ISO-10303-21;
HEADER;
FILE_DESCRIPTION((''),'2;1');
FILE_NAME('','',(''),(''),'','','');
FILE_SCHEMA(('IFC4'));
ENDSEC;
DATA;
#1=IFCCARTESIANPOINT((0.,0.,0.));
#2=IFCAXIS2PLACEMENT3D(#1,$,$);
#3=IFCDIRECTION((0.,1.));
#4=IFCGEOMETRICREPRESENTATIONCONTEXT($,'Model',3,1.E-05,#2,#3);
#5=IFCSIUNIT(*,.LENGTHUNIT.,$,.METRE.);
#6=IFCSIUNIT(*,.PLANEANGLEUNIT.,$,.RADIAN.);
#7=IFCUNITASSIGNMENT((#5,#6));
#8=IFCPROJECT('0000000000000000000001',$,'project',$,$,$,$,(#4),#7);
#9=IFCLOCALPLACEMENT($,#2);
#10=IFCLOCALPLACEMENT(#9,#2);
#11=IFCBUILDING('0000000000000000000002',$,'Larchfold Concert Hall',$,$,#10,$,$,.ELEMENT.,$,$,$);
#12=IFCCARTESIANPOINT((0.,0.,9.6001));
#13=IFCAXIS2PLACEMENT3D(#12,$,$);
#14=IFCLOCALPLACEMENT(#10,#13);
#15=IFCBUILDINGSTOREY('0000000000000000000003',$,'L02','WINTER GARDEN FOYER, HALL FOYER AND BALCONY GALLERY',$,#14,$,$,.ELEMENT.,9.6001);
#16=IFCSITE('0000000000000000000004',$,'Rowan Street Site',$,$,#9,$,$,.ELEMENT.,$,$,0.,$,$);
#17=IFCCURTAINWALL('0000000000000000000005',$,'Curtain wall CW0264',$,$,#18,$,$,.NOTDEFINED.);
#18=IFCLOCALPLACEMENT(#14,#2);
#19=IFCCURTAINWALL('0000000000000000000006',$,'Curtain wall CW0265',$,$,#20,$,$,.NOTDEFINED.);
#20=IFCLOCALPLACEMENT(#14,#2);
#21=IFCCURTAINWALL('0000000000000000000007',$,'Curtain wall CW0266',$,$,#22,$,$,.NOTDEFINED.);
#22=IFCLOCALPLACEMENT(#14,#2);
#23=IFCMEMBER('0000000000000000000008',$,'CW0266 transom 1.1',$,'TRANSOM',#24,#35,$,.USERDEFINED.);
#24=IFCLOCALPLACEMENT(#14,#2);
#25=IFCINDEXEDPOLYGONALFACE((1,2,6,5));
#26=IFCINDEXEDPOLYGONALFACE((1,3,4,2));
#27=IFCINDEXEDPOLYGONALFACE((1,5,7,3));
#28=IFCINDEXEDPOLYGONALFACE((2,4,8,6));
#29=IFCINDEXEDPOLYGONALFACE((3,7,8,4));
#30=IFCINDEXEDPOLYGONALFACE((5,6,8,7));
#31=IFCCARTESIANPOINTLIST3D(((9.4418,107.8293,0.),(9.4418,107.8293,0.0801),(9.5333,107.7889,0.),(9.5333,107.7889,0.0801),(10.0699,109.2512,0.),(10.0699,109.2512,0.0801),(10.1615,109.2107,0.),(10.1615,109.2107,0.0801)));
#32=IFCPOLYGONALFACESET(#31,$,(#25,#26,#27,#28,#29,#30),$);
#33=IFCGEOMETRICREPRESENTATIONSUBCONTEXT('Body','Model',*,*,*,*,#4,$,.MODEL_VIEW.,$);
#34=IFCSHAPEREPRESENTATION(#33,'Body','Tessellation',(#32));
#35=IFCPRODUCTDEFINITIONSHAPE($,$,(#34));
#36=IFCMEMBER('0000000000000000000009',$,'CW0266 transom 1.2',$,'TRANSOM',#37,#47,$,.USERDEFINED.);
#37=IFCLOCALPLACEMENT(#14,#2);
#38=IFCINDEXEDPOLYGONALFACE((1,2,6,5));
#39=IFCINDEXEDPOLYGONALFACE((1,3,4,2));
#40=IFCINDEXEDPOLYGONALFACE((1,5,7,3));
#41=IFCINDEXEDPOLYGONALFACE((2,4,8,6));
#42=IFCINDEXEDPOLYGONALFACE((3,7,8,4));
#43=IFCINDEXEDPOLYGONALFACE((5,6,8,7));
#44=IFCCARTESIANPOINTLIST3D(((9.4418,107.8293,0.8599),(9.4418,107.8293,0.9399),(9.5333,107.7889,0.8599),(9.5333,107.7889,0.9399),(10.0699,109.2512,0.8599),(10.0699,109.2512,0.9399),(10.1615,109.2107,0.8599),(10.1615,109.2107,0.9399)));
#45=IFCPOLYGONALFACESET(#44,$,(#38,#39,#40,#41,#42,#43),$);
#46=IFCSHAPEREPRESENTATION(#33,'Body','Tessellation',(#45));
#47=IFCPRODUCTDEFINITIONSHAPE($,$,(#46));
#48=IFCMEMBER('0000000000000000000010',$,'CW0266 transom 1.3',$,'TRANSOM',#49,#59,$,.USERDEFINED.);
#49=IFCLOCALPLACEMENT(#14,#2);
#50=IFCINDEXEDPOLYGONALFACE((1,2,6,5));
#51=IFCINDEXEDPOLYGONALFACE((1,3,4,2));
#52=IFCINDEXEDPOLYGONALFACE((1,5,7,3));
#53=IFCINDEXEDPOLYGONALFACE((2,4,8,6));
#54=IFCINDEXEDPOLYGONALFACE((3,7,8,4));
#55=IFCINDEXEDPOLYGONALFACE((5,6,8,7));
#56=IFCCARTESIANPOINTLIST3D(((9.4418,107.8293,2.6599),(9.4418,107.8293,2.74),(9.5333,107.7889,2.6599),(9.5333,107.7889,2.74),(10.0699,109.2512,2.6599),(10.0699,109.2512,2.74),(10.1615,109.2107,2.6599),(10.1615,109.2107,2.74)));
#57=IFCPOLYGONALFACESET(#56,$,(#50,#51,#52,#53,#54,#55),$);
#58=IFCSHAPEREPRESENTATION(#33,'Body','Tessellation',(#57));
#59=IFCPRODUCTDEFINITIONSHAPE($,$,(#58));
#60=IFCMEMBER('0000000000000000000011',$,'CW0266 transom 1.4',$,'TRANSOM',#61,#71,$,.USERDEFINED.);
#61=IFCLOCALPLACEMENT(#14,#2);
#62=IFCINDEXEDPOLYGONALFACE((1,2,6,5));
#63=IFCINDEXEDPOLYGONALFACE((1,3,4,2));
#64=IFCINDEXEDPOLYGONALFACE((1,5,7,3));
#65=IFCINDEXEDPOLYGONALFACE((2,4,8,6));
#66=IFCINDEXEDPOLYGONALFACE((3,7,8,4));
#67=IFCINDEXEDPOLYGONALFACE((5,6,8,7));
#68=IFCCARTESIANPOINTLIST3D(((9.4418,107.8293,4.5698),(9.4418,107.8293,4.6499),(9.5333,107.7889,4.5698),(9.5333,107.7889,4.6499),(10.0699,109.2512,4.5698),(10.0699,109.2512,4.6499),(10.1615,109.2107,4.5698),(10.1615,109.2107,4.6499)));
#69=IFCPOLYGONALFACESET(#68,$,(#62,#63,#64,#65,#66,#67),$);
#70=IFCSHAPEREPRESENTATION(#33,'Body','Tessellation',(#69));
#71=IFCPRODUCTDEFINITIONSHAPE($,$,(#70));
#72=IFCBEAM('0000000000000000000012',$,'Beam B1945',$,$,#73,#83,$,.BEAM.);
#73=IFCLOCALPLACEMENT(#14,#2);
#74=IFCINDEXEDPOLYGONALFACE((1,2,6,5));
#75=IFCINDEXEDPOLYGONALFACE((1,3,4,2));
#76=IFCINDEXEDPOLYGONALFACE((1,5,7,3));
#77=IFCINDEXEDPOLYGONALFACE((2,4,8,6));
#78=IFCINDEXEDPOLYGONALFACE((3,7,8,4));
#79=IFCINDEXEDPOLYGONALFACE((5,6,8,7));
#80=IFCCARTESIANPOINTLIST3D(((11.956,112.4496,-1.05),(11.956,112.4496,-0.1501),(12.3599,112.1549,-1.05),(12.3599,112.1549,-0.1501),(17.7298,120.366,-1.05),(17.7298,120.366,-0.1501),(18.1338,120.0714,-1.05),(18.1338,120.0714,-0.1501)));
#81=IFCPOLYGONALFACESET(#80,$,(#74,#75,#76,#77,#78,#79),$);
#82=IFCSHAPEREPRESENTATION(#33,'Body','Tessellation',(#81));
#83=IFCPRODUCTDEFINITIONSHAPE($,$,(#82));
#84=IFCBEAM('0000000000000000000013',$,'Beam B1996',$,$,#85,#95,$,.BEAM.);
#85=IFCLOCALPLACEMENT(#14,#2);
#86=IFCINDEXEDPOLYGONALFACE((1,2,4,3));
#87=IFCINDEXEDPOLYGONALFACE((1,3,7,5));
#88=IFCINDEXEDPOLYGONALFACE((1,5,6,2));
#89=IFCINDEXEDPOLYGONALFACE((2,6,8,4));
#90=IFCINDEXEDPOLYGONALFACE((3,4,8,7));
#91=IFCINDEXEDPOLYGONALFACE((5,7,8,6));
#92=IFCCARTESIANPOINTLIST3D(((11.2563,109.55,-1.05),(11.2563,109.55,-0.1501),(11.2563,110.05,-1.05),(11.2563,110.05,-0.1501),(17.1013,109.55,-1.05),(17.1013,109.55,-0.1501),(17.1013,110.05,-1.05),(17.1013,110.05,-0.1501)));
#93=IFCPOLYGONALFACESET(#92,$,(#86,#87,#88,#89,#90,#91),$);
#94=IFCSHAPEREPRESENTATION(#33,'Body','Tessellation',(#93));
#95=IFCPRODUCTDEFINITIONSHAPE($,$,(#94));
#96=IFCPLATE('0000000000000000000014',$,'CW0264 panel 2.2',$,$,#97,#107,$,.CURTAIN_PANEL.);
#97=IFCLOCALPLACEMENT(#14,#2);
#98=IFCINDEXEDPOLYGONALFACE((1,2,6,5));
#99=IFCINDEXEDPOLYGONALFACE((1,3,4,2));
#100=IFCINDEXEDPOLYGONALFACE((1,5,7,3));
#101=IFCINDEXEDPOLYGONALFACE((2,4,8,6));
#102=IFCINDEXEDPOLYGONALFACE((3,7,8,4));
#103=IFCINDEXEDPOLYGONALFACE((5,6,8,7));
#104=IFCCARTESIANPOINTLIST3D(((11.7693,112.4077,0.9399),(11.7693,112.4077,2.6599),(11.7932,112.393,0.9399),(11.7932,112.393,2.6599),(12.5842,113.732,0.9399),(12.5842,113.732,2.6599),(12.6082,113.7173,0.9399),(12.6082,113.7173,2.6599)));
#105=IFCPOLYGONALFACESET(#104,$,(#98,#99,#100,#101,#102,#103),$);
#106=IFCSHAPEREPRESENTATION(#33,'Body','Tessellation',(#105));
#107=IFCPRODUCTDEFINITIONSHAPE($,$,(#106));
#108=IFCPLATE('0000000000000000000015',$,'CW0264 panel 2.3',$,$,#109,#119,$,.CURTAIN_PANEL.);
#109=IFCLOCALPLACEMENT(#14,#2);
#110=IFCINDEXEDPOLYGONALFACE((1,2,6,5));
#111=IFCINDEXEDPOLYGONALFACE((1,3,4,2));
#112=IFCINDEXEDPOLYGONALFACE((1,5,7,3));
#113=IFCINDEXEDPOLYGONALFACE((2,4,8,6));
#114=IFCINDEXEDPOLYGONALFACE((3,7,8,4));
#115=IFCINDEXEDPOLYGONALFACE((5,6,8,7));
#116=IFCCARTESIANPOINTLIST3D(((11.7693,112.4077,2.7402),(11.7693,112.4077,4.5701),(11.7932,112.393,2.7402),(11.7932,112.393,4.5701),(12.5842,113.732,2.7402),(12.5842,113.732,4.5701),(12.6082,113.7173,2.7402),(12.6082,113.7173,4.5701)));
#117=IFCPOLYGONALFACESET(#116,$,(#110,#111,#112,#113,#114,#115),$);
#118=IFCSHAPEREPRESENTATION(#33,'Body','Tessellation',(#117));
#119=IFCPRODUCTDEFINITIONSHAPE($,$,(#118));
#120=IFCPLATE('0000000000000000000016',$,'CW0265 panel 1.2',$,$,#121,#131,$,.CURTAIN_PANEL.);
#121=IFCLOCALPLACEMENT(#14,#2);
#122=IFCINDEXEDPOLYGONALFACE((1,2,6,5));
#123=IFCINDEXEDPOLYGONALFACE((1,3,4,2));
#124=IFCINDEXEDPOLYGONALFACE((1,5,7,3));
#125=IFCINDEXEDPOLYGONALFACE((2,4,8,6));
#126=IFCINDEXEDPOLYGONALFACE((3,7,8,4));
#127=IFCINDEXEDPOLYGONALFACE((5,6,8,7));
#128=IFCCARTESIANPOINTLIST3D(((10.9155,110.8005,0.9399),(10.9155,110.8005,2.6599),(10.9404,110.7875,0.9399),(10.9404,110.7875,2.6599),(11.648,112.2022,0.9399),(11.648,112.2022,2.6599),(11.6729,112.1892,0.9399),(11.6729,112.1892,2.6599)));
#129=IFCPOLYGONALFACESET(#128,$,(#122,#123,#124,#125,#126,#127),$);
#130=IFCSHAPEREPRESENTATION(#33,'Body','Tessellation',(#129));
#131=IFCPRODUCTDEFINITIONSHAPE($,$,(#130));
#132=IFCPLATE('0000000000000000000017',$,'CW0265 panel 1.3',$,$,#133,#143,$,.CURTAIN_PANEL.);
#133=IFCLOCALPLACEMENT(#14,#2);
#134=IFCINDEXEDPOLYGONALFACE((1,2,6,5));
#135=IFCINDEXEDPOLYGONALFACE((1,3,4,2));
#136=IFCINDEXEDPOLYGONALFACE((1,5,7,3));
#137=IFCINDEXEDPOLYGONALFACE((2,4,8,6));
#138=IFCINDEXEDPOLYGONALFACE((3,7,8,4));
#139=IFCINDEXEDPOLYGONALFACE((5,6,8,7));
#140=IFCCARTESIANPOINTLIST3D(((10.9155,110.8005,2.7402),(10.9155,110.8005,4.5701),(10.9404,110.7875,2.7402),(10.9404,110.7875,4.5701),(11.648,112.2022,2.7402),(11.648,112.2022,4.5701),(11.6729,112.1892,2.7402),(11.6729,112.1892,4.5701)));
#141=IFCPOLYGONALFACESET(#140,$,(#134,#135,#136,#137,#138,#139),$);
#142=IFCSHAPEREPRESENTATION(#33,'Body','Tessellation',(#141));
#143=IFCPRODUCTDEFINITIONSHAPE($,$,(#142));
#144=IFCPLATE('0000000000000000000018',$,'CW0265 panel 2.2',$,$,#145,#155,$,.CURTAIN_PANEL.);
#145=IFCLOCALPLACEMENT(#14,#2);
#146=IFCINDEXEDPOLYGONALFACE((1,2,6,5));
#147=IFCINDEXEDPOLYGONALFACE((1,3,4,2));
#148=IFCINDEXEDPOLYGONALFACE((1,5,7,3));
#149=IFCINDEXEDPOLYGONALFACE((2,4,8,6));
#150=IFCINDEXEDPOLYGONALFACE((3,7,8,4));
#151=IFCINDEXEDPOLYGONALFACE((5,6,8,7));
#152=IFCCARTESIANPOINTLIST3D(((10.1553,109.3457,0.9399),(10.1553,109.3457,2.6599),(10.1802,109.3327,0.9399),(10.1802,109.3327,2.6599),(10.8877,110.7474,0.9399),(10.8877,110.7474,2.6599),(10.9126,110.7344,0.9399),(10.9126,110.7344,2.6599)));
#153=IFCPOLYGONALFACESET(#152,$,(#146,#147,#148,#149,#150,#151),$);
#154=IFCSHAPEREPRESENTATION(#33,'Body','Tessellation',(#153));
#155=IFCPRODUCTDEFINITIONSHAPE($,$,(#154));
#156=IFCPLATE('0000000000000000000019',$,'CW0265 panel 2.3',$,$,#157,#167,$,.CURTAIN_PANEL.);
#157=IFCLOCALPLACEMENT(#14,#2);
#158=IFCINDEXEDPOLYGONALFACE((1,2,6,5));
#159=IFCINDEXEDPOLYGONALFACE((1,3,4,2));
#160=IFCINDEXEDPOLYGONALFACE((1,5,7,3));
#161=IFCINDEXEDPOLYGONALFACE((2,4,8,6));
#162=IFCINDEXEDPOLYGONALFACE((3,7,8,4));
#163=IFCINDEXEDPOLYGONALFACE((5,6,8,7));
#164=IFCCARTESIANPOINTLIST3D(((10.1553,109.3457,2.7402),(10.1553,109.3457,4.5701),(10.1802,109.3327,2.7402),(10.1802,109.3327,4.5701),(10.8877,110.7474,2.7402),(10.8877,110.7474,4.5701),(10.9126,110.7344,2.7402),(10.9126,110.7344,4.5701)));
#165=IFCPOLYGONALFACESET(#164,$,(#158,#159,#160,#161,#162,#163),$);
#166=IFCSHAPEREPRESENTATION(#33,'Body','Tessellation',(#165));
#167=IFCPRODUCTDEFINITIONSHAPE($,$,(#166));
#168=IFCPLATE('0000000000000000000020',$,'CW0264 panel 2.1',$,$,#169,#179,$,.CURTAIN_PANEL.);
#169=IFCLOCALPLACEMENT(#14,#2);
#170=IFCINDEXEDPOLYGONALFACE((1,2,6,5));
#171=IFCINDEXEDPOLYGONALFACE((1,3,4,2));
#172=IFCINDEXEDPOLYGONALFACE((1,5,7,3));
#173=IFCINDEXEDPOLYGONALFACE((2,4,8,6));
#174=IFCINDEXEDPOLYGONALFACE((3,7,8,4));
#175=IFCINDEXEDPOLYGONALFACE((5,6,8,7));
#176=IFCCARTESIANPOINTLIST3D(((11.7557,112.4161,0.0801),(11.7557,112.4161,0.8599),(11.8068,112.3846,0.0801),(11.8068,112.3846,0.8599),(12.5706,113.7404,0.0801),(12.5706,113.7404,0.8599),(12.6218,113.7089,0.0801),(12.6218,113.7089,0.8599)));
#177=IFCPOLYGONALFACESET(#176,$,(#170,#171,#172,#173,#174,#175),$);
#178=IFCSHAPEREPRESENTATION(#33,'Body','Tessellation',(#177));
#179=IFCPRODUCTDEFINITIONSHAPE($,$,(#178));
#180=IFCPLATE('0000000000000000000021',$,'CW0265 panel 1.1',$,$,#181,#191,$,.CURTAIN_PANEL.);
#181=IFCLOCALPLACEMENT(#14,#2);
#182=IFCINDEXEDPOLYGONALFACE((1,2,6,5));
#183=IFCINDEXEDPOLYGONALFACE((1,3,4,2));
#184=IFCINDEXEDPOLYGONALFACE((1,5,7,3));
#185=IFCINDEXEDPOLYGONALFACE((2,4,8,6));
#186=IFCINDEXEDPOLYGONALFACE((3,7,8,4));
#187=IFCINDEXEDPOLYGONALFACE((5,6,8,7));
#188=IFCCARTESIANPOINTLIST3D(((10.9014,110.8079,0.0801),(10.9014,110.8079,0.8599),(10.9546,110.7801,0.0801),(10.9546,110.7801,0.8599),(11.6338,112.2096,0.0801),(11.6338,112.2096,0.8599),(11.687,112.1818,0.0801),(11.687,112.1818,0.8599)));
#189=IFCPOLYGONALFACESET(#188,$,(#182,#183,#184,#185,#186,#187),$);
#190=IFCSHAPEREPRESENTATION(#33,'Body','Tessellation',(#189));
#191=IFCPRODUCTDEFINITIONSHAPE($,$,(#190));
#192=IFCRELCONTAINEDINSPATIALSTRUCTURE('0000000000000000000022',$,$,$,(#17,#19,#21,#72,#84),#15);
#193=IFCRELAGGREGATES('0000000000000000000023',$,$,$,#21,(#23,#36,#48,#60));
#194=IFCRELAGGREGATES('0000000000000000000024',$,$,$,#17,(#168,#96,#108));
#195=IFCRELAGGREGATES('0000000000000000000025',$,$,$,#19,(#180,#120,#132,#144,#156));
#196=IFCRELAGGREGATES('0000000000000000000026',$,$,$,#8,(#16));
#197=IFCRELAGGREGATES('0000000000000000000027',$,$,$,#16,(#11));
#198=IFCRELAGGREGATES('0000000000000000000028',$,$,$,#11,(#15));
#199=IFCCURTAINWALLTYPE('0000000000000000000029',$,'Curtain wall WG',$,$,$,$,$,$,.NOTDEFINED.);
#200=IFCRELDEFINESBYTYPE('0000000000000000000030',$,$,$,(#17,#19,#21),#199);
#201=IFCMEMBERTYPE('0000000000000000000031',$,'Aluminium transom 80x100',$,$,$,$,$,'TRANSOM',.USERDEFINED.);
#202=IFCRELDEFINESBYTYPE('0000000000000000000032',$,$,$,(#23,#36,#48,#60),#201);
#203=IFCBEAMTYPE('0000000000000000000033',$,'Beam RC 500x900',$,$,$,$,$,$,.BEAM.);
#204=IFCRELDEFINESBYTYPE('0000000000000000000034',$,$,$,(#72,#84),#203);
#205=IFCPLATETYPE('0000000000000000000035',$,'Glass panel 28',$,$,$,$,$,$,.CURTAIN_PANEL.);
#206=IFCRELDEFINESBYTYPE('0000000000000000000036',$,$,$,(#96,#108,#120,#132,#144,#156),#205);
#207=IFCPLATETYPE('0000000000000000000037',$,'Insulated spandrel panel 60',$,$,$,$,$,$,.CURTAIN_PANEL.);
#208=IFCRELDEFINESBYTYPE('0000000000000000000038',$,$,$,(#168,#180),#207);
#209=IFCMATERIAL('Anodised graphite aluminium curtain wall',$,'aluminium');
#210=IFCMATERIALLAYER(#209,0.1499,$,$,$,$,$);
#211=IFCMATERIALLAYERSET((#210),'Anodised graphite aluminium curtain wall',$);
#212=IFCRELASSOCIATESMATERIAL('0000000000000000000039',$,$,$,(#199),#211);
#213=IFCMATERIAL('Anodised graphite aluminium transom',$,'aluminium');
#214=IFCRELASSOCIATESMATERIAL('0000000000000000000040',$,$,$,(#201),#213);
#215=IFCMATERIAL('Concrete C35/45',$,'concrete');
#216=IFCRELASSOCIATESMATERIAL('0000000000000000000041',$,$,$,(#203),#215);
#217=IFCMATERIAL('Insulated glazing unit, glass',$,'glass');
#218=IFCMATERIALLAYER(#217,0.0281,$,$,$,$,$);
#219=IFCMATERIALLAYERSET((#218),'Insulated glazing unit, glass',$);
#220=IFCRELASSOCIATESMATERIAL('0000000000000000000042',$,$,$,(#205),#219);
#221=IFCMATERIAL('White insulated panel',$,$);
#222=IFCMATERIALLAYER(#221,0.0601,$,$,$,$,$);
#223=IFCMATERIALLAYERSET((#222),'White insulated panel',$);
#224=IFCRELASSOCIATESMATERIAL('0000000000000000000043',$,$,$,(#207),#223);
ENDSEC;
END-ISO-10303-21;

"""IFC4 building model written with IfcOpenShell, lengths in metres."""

from ifc_helpers import new_model, si_unit, direction, frame, origin, origin_2d, place, context, subcontext, project, spatial, rectangle, extrude, material, layer, layer_set, material_profile, profile_set, type_object, element, aggregate, save


model = new_model("IFC4")

# Units and contexts
model_context = context("Model", 3, precision=1e-05, world=origin(), true_north=direction((0.0, 1.0)))
body_context = subcontext(model_context, "Body", "Model", "MODEL_VIEW")
ifc_project = project(units=[si_unit("LENGTHUNIT", "METRE"), si_unit("PLANEANGLEUNIT", "RADIAN")], contexts=[model_context])

# Site, building, storey
site_placement = place(None, origin())
site = spatial("IfcSite", under=ifc_project, at=site_placement, Name="Rowan Street Site", CompositionType="ELEMENT", RefElevation=0.0)
building_placement = place(site_placement, origin())
building = spatial("IfcBuilding", under=site, at=building_placement, Name="Larchfold Concert Hall", CompositionType="ELEMENT")
storey_placement = place(building_placement, frame((0.0, 0.0, 9.6001)))
storey = spatial("IfcBuildingStorey", under=building, at=storey_placement, Name="L02", Description="WINTER GARDEN FOYER, HALL FOYER AND BALCONY GALLERY", CompositionType="ELEMENT", Elevation=9.6001)

# Curtain wall
ifc_material_1 = material(Name="Anodised graphite aluminium curtain wall", Category="aluminium")
ifc_layer_1 = layer(ifc_material_1, 0.1499)
ifc_layer_set_1 = layer_set([ifc_layer_1], Name="Anodised graphite aluminium curtain wall")
curtain_wall_type = type_object("IfcCurtainWallType", Name="Curtain wall WG", PredefinedType="NOTDEFINED", material=ifc_layer_set_1)
curtain_wall_1_placement = place(storey_placement, origin())
curtain_wall_1 = element("IfcCurtainWall", 1, at=curtain_wall_1_placement, inside=storey, type_object=curtain_wall_type, Name="Curtain wall CW0264", PredefinedType="NOTDEFINED")

# Curtain wall
curtain_wall_2_placement = place(storey_placement, origin())
curtain_wall_2 = element("IfcCurtainWall", 2, at=curtain_wall_2_placement, inside=storey, type_object=curtain_wall_type, Name="Curtain wall CW0265", PredefinedType="NOTDEFINED")

# Curtain wall
curtain_wall_3_placement = place(storey_placement, origin())
curtain_wall_3 = element("IfcCurtainWall", 3, at=curtain_wall_3_placement, inside=storey, type_object=curtain_wall_type, Name="Curtain wall CW0266", PredefinedType="NOTDEFINED")

# Members
ifc_material_2 = material(Name="Anodised graphite aluminium transom", Category="aluminium")
ifc_material_profile_1 = material_profile(ifc_material_2, rectangle(XDim=0.1001, YDim=0.0801, at=origin_2d()))
ifc_profile_set_1 = profile_set([ifc_material_profile_1], Name="Anodised graphite aluminium transom")
member_type_1 = type_object("IfcMemberType", Name="Aluminium transom 80x100", ElementType="TRANSOM", PredefinedType="USERDEFINED", material=ifc_profile_set_1)
member_1_placement = place(storey_placement, frame((10.1157, 109.231, 0.04), z_axis=(-0.404112, -0.91471, 0.0), x_axis=(0.91471, -0.404112, 0.0)))
member_1 = element("IfcMember", 4, at=member_1_placement, type_object=member_type_1, Name="CW0266 transom 1.1", ObjectType="TRANSOM", PredefinedType="USERDEFINED", context=body_context, shape_type="SweptSolid", body=[
    extrude(rectangle(XDim=0.1001, YDim=0.0801, at=origin_2d()), origin(), (0.0, 0.0, 1.0), 1.5544),
])
member_2_placement = place(storey_placement, frame((10.1157, 109.231, 0.8999), z_axis=(-0.404112, -0.91471, 0.0), x_axis=(0.91471, -0.404112, 0.0)))
member_2 = element("IfcMember", 5, at=member_2_placement, type_object=member_type_1, Name="CW0266 transom 1.2", ObjectType="TRANSOM", PredefinedType="USERDEFINED", context=body_context, shape_type="SweptSolid", body=[
    extrude(rectangle(XDim=0.1001, YDim=0.0801, at=origin_2d()), origin(), (0.0, 0.0, 1.0), 1.5544),
])
member_3_placement = place(storey_placement, frame((10.1157, 109.231, 2.7), z_axis=(-0.404112, -0.91471, 0.0), x_axis=(0.91471, -0.404112, 0.0)))
member_3 = element("IfcMember", 6, at=member_3_placement, type_object=member_type_1, Name="CW0266 transom 1.3", ObjectType="TRANSOM", PredefinedType="USERDEFINED", context=body_context, shape_type="SweptSolid", body=[
    extrude(rectangle(XDim=0.1001, YDim=0.0801, at=origin_2d()), origin(), (0.0, 0.0, 1.0), 1.5544),
])
member_4_placement = place(storey_placement, frame((10.1157, 109.231, 4.6099), z_axis=(-0.404112, -0.91471, 0.0), x_axis=(0.91471, -0.404112, 0.0)))
member_4 = element("IfcMember", 7, at=member_4_placement, type_object=member_type_1, Name="CW0266 transom 1.4", ObjectType="TRANSOM", PredefinedType="USERDEFINED", context=body_context, shape_type="SweptSolid", body=[
    extrude(rectangle(XDim=0.1001, YDim=0.0801, at=origin_2d()), origin(), (0.0, 0.0, 1.0), 1.5544),
])
aggregate(curtain_wall_3, [member_1, member_2, member_3, member_4])

# Beams
ifc_material_3 = material(Name="Concrete C35/45", Category="concrete")
ifc_material_profile_2 = material_profile(ifc_material_3, rectangle(XDim=0.5, YDim=0.8999, at=origin_2d()))
ifc_profile_set_2 = profile_set([ifc_material_profile_2], Name="Concrete C35/45")
beam_type = type_object("IfcBeamType", Name="Beam RC 500x900", PredefinedType="BEAM", material=ifc_profile_set_2)
beam_1_placement = place(storey_placement, frame((12.158, 112.3022, -0.6001), z_axis=(0.58927, 0.807936, 0.0), x_axis=(-0.807936, 0.58927, 0.0)))
element("IfcBeam", 8, at=beam_1_placement, inside=storey, type_object=beam_type, Name="Beam B1945", PredefinedType="BEAM", context=body_context, shape_type="SweptSolid", body=[
    extrude(rectangle(XDim=0.5, YDim=0.8999, at=origin_2d()), origin(), (0.0, 0.0, 1.0), 9.7983),
])
beam_2_placement = place(storey_placement, frame((11.2563, 109.8, -0.6001), z_axis=(1.0, 0.0, 0.0), x_axis=(0.0, 1.0, 0.0)))
element("IfcBeam", 9, at=beam_2_placement, inside=storey, type_object=beam_type, Name="Beam B1996", PredefinedType="BEAM", context=body_context, shape_type="SweptSolid", body=[
    extrude(rectangle(XDim=0.5, YDim=0.8999, at=origin_2d()), origin(), (0.0, 0.0, 1.0), 5.845),
])

# Plates
ifc_material_4 = material(Name="Insulated glazing unit, glass", Category="glass")
ifc_layer_2 = layer(ifc_material_4, 0.0281)
ifc_layer_set_2 = layer_set([ifc_layer_2], Name="Insulated glazing unit, glass")
plate_type_1 = type_object("IfcPlateType", Name="Glass panel 28", PredefinedType="CURTAIN_PANEL", material=ifc_layer_set_2)
plate_1_placement = place(storey_placement, frame((12.1887, 113.0625, 0.9399), z_axis=(0.0, 0.0, 1.0), x_axis=(-0.52411, -0.851651, 0.0)))
plate_1 = element("IfcPlate", 10, at=plate_1_placement, type_object=plate_type_1, Name="CW0264 panel 2.2", PredefinedType="CURTAIN_PANEL", context=body_context, shape_type="SweptSolid", body=[
    extrude(rectangle(XDim=1.5549, YDim=0.0281, at=origin_2d()), origin(), (0.0, 0.0, 1.0), 1.72),
])
plate_2_placement = place(storey_placement, frame((12.1887, 113.0625, 2.7402), z_axis=(0.0, 0.0, 1.0), x_axis=(-0.52411, -0.851651, 0.0)))
plate_2 = element("IfcPlate", 11, at=plate_2_placement, type_object=plate_type_1, Name="CW0264 panel 2.3", PredefinedType="CURTAIN_PANEL", context=body_context, shape_type="SweptSolid", body=[
    extrude(rectangle(XDim=1.5549, YDim=0.0281, at=origin_2d()), origin(), (0.0, 0.0, 1.0), 1.8298),
])
plate_3_placement = place(storey_placement, frame((11.2942, 111.4949, 0.9399), z_axis=(0.0, 0.0, 1.0), x_axis=(-0.46312, -0.886296, 0.0)))
plate_3 = element("IfcPlate", 12, at=plate_3_placement, type_object=plate_type_1, Name="CW0265 panel 1.2", PredefinedType="CURTAIN_PANEL", context=body_context, shape_type="SweptSolid", body=[
    extrude(rectangle(XDim=1.5815, YDim=0.0281, at=origin_2d()), origin(), (0.0, 0.0, 1.0), 1.72),
])
plate_4_placement = place(storey_placement, frame((11.2942, 111.4949, 2.7402), z_axis=(0.0, 0.0, 1.0), x_axis=(-0.46312, -0.886296, 0.0)))
plate_4 = element("IfcPlate", 13, at=plate_4_placement, type_object=plate_type_1, Name="CW0265 panel 1.3", PredefinedType="CURTAIN_PANEL", context=body_context, shape_type="SweptSolid", body=[
    extrude(rectangle(XDim=1.5815, YDim=0.0281, at=origin_2d()), origin(), (0.0, 0.0, 1.0), 1.8298),
])
plate_5_placement = place(storey_placement, frame((10.5339, 110.04, 0.9399), z_axis=(0.0, 0.0, 1.0), x_axis=(-0.46312, -0.886296, 0.0)))
plate_5 = element("IfcPlate", 14, at=plate_5_placement, type_object=plate_type_1, Name="CW0265 panel 2.2", PredefinedType="CURTAIN_PANEL", context=body_context, shape_type="SweptSolid", body=[
    extrude(rectangle(XDim=1.5815, YDim=0.0281, at=origin_2d()), origin(), (0.0, 0.0, 1.0), 1.72),
])
plate_6_placement = place(storey_placement, frame((10.5339, 110.04, 2.7402), z_axis=(0.0, 0.0, 1.0), x_axis=(-0.46312, -0.886296, 0.0)))
plate_6 = element("IfcPlate", 15, at=plate_6_placement, type_object=plate_type_1, Name="CW0265 panel 2.3", PredefinedType="CURTAIN_PANEL", context=body_context, shape_type="SweptSolid", body=[
    extrude(rectangle(XDim=1.5815, YDim=0.0281, at=origin_2d()), origin(), (0.0, 0.0, 1.0), 1.8298),
])
ifc_material_5 = material(Name="White insulated panel")
ifc_layer_3 = layer(ifc_material_5, 0.0601)
ifc_layer_set_3 = layer_set([ifc_layer_3], Name="White insulated panel")
plate_type_2 = type_object("IfcPlateType", Name="Insulated spandrel panel 60", PredefinedType="CURTAIN_PANEL", material=ifc_layer_set_3)
plate_7_placement = place(storey_placement, frame((12.1887, 113.0625, 0.0801), z_axis=(0.0, 0.0, 1.0), x_axis=(-0.52411, -0.851651, 0.0)))
plate_7 = element("IfcPlate", 16, at=plate_7_placement, type_object=plate_type_2, Name="CW0264 panel 2.1", PredefinedType="CURTAIN_PANEL", context=body_context, shape_type="SweptSolid", body=[
    extrude(rectangle(XDim=1.5549, YDim=0.0601, at=origin_2d()), origin(), (0.0, 0.0, 1.0), 0.7798),
])
aggregate(curtain_wall_1, [plate_7, plate_1, plate_2])
plate_8_placement = place(storey_placement, frame((11.2942, 111.4949, 0.0801), z_axis=(0.0, 0.0, 1.0), x_axis=(-0.46312, -0.886296, 0.0)))
plate_8 = element("IfcPlate", 17, at=plate_8_placement, type_object=plate_type_2, Name="CW0265 panel 1.1", PredefinedType="CURTAIN_PANEL", context=body_context, shape_type="SweptSolid", body=[
    extrude(rectangle(XDim=1.5815, YDim=0.0601, at=origin_2d()), origin(), (0.0, 0.0, 1.0), 0.7798),
])
aggregate(curtain_wall_2, [plate_8, plate_3, plate_4, plate_5, plate_6])

save(model, "model.ifc")
